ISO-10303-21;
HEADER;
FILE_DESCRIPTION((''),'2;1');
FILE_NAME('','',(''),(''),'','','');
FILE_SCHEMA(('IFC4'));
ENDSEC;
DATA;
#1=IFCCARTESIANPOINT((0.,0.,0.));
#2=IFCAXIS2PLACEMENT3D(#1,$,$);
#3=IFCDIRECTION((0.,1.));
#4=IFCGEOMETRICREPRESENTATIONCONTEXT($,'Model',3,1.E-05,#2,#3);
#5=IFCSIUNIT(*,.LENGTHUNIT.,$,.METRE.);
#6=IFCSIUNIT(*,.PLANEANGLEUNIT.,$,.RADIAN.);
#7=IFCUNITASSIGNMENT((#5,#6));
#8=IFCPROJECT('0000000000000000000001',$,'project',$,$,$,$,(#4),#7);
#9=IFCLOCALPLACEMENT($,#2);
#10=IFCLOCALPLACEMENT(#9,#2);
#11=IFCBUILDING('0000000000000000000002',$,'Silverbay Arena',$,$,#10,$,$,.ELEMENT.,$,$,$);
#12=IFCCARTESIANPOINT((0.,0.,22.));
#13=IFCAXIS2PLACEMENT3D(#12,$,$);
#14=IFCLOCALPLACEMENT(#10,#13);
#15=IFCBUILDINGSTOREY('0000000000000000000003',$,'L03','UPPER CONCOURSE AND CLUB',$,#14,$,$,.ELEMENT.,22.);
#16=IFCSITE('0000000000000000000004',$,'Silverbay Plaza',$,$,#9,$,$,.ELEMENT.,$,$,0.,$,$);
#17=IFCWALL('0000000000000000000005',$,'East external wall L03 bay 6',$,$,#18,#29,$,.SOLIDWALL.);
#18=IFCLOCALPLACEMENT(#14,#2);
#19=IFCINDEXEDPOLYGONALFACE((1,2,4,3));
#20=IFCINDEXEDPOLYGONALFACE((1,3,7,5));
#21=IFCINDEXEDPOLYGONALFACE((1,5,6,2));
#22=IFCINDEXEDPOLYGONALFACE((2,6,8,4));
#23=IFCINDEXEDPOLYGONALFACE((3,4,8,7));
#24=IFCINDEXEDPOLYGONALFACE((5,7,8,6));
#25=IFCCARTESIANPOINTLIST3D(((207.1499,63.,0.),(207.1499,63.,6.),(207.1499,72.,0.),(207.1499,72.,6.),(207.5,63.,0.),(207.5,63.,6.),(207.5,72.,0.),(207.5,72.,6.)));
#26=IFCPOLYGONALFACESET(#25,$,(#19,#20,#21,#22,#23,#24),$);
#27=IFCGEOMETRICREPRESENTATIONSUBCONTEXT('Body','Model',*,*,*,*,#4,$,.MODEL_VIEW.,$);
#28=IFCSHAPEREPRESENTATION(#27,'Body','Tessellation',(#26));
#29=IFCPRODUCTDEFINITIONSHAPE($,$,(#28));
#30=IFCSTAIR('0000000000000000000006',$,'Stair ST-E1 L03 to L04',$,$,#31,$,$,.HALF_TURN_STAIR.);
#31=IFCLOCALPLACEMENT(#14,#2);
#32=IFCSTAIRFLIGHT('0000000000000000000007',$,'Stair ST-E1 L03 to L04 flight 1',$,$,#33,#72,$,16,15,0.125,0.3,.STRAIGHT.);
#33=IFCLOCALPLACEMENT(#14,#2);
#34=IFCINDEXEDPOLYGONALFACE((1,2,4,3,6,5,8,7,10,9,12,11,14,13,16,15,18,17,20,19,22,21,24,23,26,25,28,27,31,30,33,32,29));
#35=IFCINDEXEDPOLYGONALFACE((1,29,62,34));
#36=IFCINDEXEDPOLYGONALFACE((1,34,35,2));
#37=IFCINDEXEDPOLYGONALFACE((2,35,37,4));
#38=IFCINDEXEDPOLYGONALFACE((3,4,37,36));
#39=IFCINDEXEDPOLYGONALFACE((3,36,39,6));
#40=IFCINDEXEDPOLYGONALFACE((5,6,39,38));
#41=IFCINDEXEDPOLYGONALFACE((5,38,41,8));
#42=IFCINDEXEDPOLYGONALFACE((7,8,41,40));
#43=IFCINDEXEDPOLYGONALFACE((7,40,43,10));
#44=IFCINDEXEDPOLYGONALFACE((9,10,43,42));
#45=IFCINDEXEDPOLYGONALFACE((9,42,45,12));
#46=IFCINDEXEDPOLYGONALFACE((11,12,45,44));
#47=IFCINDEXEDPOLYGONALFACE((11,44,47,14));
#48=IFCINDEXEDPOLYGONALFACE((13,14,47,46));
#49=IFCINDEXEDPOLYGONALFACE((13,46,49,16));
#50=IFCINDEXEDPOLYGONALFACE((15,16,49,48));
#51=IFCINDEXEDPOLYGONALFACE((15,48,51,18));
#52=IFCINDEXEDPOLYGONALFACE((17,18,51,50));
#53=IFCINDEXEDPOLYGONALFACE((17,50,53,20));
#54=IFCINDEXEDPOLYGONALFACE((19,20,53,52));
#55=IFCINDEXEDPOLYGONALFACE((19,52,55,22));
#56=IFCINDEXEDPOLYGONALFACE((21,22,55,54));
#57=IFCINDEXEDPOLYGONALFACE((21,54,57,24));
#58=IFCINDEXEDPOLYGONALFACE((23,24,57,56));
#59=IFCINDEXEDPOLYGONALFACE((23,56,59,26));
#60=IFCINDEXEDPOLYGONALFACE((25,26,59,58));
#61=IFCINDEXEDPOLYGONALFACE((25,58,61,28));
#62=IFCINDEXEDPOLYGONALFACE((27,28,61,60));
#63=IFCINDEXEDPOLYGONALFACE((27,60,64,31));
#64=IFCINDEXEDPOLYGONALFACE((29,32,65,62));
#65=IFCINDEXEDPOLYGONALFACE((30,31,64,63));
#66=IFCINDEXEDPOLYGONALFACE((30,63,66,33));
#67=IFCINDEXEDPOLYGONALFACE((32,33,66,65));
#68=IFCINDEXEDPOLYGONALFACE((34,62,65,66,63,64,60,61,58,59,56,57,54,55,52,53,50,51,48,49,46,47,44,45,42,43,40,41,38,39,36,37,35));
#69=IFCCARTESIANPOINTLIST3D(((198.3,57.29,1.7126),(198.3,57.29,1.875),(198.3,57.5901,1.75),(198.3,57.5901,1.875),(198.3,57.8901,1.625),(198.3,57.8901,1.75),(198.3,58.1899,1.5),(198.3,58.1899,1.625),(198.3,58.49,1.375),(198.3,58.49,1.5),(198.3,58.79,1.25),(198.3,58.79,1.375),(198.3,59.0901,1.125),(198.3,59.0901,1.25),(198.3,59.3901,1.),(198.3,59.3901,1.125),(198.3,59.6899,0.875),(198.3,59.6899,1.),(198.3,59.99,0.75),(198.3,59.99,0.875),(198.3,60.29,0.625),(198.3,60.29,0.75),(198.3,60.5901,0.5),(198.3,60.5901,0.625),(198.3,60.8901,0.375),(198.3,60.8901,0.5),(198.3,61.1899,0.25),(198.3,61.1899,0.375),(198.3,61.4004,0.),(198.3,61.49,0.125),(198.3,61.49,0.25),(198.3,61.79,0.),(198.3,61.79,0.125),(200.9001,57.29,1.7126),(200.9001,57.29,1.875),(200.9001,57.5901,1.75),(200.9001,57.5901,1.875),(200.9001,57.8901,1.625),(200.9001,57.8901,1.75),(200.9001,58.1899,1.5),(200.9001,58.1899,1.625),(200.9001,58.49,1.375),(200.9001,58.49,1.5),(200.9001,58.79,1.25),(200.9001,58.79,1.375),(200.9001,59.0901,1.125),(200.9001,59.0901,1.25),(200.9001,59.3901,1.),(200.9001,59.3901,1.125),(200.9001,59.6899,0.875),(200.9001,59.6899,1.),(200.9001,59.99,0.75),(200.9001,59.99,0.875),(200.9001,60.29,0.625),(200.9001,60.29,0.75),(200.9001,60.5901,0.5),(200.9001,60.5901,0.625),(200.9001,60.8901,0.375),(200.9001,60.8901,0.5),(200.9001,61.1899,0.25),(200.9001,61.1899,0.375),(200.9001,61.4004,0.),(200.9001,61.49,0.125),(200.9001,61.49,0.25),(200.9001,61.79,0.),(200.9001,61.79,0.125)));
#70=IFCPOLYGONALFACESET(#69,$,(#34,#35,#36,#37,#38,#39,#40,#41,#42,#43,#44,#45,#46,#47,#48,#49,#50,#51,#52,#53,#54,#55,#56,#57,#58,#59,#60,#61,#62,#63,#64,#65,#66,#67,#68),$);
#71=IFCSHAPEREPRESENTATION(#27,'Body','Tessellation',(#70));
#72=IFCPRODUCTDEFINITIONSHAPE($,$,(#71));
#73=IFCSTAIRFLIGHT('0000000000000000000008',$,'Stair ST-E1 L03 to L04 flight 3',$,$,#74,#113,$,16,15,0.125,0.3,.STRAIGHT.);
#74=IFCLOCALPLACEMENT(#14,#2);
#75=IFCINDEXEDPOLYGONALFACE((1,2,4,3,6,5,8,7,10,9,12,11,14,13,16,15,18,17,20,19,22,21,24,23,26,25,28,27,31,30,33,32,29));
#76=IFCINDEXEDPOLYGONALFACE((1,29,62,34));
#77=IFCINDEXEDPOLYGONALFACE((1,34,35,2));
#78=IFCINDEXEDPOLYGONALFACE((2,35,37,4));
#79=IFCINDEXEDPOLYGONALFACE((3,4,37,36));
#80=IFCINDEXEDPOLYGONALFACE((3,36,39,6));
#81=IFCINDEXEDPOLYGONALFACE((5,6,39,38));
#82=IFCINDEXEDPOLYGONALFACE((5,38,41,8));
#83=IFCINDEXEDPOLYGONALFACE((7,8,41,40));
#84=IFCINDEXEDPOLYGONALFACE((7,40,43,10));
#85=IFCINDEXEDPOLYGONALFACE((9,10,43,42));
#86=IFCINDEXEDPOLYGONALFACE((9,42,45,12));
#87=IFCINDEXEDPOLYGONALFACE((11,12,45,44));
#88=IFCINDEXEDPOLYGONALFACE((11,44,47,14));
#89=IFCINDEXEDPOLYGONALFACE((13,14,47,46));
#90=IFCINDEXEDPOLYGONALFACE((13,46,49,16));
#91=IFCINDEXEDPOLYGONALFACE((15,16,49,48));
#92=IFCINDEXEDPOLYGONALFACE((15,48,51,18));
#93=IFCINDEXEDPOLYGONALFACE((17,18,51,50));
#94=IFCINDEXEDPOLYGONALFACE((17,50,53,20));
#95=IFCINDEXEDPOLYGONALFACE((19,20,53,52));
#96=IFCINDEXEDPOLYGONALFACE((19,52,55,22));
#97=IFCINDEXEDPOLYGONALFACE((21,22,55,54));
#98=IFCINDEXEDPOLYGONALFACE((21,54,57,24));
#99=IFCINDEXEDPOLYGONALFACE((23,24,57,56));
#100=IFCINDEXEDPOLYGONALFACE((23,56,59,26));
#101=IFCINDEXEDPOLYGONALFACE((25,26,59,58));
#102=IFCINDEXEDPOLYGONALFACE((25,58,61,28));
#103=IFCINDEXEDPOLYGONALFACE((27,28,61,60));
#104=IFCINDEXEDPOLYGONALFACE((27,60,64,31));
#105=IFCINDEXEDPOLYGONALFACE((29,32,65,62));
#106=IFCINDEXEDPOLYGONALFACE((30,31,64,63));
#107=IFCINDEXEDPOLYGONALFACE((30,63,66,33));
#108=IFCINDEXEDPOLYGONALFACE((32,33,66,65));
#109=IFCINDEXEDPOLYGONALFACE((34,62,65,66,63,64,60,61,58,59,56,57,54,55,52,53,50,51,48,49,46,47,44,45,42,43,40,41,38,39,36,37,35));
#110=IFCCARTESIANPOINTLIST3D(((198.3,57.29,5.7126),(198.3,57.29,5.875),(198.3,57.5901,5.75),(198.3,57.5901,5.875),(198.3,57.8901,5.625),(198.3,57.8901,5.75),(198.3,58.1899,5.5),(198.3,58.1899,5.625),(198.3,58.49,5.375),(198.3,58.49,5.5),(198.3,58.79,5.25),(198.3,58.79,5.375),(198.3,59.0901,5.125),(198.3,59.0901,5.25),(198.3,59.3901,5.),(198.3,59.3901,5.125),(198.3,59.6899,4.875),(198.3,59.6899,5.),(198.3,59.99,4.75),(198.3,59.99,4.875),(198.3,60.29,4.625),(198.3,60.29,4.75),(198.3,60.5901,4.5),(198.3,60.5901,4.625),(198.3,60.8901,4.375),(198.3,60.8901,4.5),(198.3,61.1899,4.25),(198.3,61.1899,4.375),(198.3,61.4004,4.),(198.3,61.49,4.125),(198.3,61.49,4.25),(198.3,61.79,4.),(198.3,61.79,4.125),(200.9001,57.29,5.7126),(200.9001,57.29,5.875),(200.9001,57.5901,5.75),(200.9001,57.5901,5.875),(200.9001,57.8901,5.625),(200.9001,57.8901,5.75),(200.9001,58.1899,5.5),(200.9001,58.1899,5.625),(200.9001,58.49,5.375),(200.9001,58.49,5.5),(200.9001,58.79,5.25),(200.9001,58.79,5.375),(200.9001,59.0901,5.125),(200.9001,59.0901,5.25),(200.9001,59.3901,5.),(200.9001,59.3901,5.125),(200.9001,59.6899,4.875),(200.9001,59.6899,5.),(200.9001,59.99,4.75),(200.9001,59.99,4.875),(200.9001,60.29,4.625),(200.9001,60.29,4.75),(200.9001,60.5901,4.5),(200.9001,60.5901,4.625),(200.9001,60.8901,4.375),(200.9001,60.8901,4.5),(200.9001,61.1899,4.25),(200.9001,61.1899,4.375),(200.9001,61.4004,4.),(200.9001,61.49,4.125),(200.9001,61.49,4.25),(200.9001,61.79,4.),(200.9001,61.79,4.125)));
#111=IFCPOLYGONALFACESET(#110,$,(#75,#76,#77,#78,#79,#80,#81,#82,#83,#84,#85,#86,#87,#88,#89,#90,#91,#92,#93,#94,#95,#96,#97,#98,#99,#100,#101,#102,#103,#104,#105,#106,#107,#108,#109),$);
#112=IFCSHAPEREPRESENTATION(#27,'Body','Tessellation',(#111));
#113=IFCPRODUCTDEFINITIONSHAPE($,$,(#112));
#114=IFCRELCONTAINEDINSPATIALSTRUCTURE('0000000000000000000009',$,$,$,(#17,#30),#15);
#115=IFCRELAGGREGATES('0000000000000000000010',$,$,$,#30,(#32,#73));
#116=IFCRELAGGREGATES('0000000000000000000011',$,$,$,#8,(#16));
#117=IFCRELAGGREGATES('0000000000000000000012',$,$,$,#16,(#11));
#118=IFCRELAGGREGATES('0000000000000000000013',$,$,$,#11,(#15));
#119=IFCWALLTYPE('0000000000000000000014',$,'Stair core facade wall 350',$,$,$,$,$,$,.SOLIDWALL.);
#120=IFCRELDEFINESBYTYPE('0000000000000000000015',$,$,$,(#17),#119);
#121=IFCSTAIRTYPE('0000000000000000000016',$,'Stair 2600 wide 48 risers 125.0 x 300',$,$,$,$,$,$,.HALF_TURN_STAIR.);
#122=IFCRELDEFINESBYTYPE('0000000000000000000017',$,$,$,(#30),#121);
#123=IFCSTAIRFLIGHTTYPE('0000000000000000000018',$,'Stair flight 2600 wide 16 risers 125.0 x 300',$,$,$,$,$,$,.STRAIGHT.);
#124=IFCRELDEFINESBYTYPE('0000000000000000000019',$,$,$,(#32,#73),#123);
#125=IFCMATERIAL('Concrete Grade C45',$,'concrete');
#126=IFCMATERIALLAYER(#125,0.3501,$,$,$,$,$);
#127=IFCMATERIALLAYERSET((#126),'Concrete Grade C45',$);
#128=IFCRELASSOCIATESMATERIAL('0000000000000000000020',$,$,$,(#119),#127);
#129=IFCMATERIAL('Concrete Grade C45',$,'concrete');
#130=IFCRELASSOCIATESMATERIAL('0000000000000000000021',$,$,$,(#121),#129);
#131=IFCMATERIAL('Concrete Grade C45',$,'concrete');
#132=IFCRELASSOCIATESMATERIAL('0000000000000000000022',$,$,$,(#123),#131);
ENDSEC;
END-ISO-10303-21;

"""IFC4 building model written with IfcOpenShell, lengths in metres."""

from ifc_helpers import new_model, si_unit, direction, frame, frame_2d, origin, place, context, subcontext, project, spatial, polyline, rectangle, outline, extrude, material, layer, layer_set, type_object, element, aggregate, save


model = new_model("IFC4")

# Units and contexts
model_context = context("Model", 3, precision=1e-05, world=origin(), true_north=direction((0.0, 1.0)))
body_context = subcontext(model_context, "Body", "Model", "MODEL_VIEW")
ifc_project = project(units=[si_unit("LENGTHUNIT", "METRE"), si_unit("PLANEANGLEUNIT", "RADIAN")], contexts=[model_context])

# Site, building, storey
site_placement = place(None, origin())
site = spatial("IfcSite", under=ifc_project, at=site_placement, Name="Silverbay Plaza", CompositionType="ELEMENT", RefElevation=0.0)
building_placement = place(site_placement, origin())
building = spatial("IfcBuilding", under=site, at=building_placement, Name="Silverbay Arena", CompositionType="ELEMENT")
storey_placement = place(building_placement, frame((0.0, 0.0, 22.0)))
storey = spatial("IfcBuildingStorey", under=building, at=storey_placement, Name="L03", Description="UPPER CONCOURSE AND CLUB", CompositionType="ELEMENT", Elevation=22.0)

# Wall
ifc_material_1 = material(Name="Concrete Grade C45", Category="concrete")
ifc_layer_1 = layer(ifc_material_1, 0.3501)
ifc_layer_set_1 = layer_set([ifc_layer_1], Name="Concrete Grade C45")
wall_type = type_object("IfcWallType", Name="Stair core facade wall 350", PredefinedType="SOLIDWALL", material=ifc_layer_set_1)
wall_placement = place(storey_placement, frame((207.325, 63.0, 0.0), z_axis=(0.0, 0.0, 1.0), x_axis=(0.0, 1.0, 0.0)))
element("IfcWall", 1, at=wall_placement, inside=storey, type_object=wall_type, Name="East external wall L03 bay 6", PredefinedType="SOLIDWALL", context=body_context, shape_type="SweptSolid", body=[
    extrude(rectangle(XDim=9.0, YDim=0.3501, at=frame_2d((4.5, 0.0))), origin(), (0.0, 0.0, 1.0), 6.0),
])

# Stair, stair flights
ifc_material_2 = material(Name="Concrete Grade C45", Category="concrete")
stair_type = type_object("IfcStairType", Name="Stair 2600 wide 48 risers 125.0 x 300", PredefinedType="HALF_TURN_STAIR", material=ifc_material_2)
stair_placement = place(storey_placement, origin())
stair = element("IfcStair", 2, at=stair_placement, inside=storey, type_object=stair_type, Name="Stair ST-E1 L03 to L04", PredefinedType="HALF_TURN_STAIR")
ifc_material_3 = material(Name="Concrete Grade C45", Category="concrete")
stair_flight_type = type_object("IfcStairFlightType", Name="Stair flight 2600 wide 16 risers 125.0 x 300", PredefinedType="STRAIGHT", material=ifc_material_3)
stair_flight_1_placement = place(storey_placement, frame((199.6001, 61.79, 0.0), z_axis=(0.0, 0.0, 1.0), x_axis=(0.0, -1.0, 0.0)))
stair_flight_1 = element("IfcStairFlight", 3, at=stair_flight_1_placement, type_object=stair_flight_type, Name="Stair ST-E1 L03 to L04 flight 1", NumberOfRisers=16, NumberOfTreads=15, PredefinedType="STRAIGHT", RiserHeight=0.125, TreadLength=0.3, context=body_context, shape_type="SweptSolid", body=[
    extrude(outline(polyline([(0.0, 0.0), (0.0, 0.125), (0.3, 0.125), (0.3, 0.25), (0.6001, 0.25), (0.6001, 0.375), (0.8999, 0.375), (0.8999, 0.5), (1.2, 0.5), (1.2, 0.625), (1.5, 0.625), (1.5, 0.75), (1.8, 0.75), (1.8, 0.875), (2.1001, 0.875), (2.1001, 1.0), (2.3999, 1.0), (2.3999, 1.125), (2.7, 1.125), (2.7, 1.25), (3.0, 1.25), (3.0, 1.375), (3.3, 1.375), (3.3, 1.5), (3.6001, 1.5), (3.6001, 1.625), (3.8999, 1.625), (3.8999, 1.75), (4.2, 1.75), (4.2, 1.875), (4.5, 1.875), (4.5, 1.7126), (0.3896, 0.0), (0.0, 0.0)])), frame((0.0, 1.3, 0.0), z_axis=(0.0, -1.0, 0.0), x_axis=(1.0, 0.0, 0.0)), (0.0, 0.0, 1.0), 2.6001),
])
stair_flight_2_placement = place(storey_placement, frame((199.6001, 61.79, 4.0), z_axis=(0.0, 0.0, 1.0), x_axis=(0.0, -1.0, 0.0)))
stair_flight_2 = element("IfcStairFlight", 4, at=stair_flight_2_placement, type_object=stair_flight_type, Name="Stair ST-E1 L03 to L04 flight 3", NumberOfRisers=16, NumberOfTreads=15, PredefinedType="STRAIGHT", RiserHeight=0.125, TreadLength=0.3, context=body_context, shape_type="SweptSolid", body=[
    extrude(outline(polyline([(0.0, 0.0), (0.0, 0.125), (0.3, 0.125), (0.3, 0.25), (0.6001, 0.25), (0.6001, 0.375), (0.8999, 0.375), (0.8999, 0.5), (1.2, 0.5), (1.2, 0.625), (1.5, 0.625), (1.5, 0.75), (1.8, 0.75), (1.8, 0.875), (2.1001, 0.875), (2.1001, 1.0), (2.3999, 1.0), (2.3999, 1.125), (2.7, 1.125), (2.7, 1.25), (3.0, 1.25), (3.0, 1.375), (3.3, 1.375), (3.3, 1.5), (3.6001, 1.5), (3.6001, 1.625), (3.8999, 1.625), (3.8999, 1.75), (4.2, 1.75), (4.2, 1.875), (4.5, 1.875), (4.5, 1.7126), (0.3896, 0.0), (0.0, 0.0)])), frame((0.0, 1.3, 0.0), z_axis=(0.0, -1.0, 0.0), x_axis=(1.0, 0.0, 0.0)), (0.0, 0.0, 1.0), 2.6001),
])
aggregate(stair, [stair_flight_1, stair_flight_2])

save(model, "model.ifc")
